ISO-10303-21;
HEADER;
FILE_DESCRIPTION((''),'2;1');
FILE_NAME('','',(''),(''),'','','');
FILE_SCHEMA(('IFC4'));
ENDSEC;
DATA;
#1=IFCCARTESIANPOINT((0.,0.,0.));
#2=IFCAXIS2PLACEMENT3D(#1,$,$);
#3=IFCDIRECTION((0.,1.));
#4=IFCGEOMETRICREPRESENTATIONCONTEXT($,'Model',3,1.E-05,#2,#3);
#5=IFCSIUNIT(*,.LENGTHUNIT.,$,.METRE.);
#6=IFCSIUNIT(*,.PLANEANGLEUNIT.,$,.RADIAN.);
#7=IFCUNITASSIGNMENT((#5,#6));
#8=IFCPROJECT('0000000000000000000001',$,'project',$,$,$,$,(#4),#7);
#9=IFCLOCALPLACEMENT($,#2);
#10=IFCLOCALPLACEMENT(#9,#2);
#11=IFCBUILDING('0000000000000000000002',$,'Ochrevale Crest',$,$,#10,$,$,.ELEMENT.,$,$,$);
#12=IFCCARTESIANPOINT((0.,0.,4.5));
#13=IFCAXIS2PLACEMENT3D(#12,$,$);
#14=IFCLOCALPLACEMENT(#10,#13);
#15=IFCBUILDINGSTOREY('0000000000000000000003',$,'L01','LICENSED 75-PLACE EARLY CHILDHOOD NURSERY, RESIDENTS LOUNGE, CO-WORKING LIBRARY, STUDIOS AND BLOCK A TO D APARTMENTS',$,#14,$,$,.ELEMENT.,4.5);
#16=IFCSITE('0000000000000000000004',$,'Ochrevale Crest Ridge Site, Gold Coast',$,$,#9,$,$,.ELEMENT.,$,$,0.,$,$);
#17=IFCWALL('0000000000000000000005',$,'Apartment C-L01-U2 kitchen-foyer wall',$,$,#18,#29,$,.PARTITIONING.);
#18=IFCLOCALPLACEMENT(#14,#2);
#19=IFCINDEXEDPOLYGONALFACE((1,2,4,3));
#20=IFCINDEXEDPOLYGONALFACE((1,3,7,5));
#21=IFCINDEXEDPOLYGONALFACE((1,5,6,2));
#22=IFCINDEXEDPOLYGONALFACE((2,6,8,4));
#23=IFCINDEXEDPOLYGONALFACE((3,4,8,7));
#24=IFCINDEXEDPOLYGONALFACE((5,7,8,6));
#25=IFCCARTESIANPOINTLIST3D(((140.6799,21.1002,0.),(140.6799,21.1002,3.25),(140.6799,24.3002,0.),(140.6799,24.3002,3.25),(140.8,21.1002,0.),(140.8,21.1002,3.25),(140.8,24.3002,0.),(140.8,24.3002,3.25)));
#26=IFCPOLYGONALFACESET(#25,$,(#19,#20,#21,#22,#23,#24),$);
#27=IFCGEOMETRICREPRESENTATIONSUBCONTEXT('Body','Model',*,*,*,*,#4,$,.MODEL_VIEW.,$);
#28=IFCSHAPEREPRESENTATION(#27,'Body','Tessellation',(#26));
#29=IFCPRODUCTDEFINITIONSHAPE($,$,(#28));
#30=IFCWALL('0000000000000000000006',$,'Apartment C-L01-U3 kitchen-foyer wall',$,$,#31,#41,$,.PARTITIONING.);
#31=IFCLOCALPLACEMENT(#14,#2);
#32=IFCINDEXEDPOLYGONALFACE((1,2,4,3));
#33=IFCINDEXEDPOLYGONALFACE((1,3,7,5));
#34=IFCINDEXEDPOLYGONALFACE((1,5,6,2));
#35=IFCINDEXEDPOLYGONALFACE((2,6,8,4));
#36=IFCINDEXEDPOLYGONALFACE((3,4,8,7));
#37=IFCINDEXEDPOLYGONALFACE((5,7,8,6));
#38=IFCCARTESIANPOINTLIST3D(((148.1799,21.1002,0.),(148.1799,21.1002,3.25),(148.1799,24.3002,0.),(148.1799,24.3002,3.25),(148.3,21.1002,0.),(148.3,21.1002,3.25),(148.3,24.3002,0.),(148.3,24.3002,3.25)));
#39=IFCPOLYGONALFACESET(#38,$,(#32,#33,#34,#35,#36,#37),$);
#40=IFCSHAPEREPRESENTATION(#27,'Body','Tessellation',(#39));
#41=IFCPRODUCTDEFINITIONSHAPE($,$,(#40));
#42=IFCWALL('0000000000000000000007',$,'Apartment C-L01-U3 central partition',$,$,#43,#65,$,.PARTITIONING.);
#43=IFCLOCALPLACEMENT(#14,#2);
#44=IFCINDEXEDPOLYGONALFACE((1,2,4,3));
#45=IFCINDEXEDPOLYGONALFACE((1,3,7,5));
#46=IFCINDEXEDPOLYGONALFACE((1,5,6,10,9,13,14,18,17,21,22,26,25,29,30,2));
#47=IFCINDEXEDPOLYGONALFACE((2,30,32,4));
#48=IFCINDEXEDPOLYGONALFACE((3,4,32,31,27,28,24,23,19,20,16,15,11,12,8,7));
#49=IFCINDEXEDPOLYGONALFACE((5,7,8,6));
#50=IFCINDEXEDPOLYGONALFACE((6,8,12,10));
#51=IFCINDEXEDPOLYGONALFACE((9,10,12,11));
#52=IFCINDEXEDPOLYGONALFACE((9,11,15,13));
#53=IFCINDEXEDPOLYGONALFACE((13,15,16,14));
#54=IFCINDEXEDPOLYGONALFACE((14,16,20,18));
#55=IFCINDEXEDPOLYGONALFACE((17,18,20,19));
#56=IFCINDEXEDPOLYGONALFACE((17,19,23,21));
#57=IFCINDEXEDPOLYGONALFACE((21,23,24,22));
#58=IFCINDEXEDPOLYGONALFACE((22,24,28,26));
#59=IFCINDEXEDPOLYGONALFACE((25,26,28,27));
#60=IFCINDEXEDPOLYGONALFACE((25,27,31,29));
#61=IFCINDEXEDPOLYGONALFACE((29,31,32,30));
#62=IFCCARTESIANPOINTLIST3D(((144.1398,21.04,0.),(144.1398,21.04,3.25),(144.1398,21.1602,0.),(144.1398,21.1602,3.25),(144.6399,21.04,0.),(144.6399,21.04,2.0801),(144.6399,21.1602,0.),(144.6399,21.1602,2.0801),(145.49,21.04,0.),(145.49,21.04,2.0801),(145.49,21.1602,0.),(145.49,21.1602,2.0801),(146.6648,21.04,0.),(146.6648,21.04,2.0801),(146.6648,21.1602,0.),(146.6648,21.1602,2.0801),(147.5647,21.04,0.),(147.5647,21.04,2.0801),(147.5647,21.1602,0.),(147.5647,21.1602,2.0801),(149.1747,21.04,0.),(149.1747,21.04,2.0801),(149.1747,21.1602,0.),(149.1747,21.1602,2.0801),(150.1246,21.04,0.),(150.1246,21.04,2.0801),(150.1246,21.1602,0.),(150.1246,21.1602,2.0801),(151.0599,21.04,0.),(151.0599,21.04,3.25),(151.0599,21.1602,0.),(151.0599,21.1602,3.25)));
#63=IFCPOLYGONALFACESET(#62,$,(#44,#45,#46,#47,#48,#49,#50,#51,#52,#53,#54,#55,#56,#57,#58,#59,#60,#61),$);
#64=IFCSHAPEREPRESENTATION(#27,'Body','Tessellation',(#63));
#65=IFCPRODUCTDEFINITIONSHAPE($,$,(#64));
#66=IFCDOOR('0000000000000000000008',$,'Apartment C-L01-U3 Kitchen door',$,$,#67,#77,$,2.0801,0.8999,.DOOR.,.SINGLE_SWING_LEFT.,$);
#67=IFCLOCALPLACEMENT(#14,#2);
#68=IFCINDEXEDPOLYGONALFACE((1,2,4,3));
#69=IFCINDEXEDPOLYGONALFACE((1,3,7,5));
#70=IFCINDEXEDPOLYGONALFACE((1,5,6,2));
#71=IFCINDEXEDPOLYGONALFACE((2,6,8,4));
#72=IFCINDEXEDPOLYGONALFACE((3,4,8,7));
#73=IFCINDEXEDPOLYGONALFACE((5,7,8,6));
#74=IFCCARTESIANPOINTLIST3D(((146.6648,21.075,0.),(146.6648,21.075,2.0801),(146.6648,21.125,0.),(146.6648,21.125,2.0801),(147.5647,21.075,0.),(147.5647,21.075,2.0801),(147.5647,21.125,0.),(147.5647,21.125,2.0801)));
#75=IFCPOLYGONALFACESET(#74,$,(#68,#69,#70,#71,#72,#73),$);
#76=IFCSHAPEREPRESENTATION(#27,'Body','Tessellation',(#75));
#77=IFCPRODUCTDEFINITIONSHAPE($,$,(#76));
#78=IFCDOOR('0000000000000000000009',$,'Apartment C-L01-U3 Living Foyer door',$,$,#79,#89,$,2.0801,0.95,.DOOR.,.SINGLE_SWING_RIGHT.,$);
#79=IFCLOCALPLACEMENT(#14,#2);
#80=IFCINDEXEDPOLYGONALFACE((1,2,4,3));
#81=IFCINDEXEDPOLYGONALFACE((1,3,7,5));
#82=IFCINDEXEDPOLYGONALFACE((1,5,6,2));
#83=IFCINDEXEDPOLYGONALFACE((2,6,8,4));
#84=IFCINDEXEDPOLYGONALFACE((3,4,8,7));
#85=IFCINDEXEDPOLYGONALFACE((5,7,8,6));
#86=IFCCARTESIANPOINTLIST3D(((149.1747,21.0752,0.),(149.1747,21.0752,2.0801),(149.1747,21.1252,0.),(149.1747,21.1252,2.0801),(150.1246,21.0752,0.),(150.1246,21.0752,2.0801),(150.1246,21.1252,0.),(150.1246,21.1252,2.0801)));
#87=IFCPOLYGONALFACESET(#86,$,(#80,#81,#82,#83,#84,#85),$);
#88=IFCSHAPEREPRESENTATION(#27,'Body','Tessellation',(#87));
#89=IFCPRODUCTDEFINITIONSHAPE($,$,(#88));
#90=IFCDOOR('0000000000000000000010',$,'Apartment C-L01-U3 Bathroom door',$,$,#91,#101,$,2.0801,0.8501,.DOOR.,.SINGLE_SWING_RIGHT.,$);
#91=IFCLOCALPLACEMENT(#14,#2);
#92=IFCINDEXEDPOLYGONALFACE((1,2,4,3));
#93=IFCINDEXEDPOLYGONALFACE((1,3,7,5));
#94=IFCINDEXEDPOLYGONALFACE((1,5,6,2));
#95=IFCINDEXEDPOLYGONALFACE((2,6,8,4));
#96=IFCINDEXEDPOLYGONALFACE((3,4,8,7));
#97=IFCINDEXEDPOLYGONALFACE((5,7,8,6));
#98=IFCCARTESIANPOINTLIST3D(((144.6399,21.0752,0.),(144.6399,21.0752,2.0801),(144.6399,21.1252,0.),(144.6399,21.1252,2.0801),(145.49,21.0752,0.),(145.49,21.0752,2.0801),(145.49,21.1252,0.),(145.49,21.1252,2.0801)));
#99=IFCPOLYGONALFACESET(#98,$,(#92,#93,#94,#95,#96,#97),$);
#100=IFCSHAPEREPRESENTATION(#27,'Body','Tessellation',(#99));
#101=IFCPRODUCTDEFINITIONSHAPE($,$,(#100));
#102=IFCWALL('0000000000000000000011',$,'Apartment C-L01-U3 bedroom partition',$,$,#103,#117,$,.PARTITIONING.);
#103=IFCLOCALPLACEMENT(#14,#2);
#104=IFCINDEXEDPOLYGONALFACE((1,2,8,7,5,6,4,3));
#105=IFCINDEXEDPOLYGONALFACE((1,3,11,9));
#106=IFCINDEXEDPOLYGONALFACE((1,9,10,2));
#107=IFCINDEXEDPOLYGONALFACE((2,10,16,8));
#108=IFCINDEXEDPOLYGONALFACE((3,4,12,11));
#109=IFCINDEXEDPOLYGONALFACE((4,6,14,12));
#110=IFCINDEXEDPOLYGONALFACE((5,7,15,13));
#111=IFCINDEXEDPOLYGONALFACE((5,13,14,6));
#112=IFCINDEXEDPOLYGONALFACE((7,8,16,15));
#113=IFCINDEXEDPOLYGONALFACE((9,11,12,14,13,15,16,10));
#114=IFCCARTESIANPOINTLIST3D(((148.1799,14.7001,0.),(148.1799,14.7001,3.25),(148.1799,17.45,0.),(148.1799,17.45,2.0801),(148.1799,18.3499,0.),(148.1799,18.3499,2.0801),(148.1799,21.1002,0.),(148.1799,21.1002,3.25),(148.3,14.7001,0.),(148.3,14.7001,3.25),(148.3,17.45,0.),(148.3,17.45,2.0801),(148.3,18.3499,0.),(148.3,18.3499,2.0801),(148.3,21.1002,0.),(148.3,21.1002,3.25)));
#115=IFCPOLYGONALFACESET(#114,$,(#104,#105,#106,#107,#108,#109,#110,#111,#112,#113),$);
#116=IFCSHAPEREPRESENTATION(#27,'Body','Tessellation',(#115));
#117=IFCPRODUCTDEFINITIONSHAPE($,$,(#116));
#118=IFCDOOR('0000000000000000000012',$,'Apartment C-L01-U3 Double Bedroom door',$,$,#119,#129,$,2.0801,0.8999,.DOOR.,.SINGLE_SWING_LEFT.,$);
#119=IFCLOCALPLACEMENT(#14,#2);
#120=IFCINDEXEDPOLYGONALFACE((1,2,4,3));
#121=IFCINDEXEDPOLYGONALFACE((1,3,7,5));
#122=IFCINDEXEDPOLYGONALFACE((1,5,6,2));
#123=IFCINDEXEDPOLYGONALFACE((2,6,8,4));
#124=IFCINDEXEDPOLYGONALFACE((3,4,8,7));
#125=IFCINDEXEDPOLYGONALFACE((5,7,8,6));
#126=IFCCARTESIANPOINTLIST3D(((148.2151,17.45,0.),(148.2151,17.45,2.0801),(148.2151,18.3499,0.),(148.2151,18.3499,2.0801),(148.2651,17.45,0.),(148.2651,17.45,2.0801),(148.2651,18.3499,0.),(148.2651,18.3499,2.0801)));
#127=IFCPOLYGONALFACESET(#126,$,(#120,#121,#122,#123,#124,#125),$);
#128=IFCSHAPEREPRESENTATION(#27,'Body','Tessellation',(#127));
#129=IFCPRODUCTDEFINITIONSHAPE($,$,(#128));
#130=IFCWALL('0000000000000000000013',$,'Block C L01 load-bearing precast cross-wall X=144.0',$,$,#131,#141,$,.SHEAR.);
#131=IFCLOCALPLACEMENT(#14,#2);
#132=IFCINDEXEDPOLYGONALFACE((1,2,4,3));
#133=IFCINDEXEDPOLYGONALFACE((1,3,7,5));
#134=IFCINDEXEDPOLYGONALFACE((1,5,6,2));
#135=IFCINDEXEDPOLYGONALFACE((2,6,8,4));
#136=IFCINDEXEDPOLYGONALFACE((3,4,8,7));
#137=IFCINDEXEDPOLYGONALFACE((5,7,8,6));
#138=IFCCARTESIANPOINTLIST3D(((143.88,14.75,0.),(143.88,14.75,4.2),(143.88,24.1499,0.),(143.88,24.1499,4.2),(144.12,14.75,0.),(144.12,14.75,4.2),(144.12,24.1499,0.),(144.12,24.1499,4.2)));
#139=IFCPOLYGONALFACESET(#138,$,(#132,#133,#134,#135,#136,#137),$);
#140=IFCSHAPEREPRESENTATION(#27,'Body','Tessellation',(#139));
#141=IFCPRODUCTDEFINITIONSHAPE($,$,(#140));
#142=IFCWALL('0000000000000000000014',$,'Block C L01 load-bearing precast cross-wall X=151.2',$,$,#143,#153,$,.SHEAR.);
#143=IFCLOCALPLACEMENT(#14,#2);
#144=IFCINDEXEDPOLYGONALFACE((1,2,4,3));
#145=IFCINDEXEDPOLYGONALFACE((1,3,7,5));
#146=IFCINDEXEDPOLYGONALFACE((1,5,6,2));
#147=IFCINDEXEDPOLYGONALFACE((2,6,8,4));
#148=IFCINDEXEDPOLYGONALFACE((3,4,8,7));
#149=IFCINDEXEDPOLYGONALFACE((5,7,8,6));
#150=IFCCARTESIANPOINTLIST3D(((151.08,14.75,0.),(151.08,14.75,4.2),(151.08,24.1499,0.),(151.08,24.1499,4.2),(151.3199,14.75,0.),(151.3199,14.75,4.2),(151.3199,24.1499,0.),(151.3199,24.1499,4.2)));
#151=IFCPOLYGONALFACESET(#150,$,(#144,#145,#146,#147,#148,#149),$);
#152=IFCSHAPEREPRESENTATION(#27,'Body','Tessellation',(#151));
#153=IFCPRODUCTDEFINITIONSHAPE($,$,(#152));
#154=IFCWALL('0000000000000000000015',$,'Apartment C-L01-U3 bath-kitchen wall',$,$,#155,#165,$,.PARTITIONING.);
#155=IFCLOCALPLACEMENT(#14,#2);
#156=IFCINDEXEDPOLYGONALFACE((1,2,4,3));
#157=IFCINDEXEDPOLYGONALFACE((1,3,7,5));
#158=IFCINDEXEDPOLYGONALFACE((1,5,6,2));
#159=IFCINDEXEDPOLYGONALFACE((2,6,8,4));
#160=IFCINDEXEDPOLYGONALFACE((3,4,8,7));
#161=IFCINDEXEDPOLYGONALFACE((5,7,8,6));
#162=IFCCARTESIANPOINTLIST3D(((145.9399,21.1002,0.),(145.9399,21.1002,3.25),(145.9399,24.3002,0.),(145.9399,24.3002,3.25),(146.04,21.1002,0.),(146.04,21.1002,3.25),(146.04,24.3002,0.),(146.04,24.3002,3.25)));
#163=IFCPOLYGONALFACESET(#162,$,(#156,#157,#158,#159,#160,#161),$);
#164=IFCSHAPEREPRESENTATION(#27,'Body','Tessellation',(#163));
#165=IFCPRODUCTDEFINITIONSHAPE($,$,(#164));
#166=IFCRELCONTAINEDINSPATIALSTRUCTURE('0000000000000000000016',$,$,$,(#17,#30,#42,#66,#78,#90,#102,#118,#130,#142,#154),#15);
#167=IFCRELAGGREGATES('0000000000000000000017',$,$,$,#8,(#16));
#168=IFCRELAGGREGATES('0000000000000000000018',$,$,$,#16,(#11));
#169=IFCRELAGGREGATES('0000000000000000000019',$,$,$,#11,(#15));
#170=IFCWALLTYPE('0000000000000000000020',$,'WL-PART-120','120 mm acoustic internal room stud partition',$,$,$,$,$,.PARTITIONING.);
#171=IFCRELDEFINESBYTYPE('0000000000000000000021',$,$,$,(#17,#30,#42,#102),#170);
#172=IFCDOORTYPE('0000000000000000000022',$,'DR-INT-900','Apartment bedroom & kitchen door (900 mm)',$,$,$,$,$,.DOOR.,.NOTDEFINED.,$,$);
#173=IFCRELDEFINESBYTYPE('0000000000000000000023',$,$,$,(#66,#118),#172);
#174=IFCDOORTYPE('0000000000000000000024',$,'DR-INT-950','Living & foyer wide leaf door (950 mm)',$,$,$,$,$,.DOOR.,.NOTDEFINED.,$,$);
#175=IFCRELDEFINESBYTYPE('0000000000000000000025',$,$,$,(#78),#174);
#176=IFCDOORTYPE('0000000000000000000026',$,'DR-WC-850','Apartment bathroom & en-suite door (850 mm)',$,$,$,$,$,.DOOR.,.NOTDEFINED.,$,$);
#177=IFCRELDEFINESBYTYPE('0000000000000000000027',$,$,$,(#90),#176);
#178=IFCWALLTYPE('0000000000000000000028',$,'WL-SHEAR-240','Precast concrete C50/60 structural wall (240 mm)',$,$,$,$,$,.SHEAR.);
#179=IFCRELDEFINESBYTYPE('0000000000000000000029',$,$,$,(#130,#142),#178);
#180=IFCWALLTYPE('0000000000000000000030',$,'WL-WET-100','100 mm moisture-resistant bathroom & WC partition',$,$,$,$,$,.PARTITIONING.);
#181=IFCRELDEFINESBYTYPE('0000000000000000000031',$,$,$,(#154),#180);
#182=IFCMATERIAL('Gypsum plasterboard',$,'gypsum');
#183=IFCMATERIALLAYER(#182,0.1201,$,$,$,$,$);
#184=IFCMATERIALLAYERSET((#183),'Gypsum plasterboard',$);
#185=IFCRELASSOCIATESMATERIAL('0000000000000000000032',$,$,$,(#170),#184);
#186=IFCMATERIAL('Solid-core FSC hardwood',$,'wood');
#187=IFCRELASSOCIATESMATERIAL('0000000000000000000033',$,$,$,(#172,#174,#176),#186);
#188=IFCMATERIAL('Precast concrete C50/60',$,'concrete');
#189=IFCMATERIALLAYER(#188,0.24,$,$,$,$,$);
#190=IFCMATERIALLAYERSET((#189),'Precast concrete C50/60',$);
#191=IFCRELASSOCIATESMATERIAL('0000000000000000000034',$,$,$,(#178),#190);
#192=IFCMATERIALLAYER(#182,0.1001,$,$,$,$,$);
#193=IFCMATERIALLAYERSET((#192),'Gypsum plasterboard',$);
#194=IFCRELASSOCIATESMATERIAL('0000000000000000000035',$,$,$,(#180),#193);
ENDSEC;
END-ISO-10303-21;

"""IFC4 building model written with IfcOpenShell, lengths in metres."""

from ifc_helpers import new_model, si_unit, direction, frame, frame_2d, origin, place, context, subcontext, project, spatial, rectangle, extrude, material, layer, layer_set, type_object, element, fill, save


model = new_model("IFC4")

# Units and contexts
model_context = context("Model", 3, precision=1e-05, world=origin(), true_north=direction((0.0, 1.0)))
body_context = subcontext(model_context, "Body", "Model", "MODEL_VIEW")
ifc_project = project(units=[si_unit("LENGTHUNIT", "METRE"), si_unit("PLANEANGLEUNIT", "RADIAN")], contexts=[model_context])

# Site, building, storey
site_placement = place(None, origin())
site = spatial("IfcSite", under=ifc_project, at=site_placement, Name="Ochrevale Crest Ridge Site, Gold Coast", CompositionType="ELEMENT", RefElevation=0.0)
building_placement = place(site_placement, origin())
building = spatial("IfcBuilding", under=site, at=building_placement, Name="Ochrevale Crest", CompositionType="ELEMENT")
storey_placement = place(building_placement, frame((0.0, 0.0, 4.5)))
storey = spatial("IfcBuildingStorey", under=building, at=storey_placement, Name="L01", Description="LICENSED 75-PLACE EARLY CHILDHOOD NURSERY, RESIDENTS LOUNGE, CO-WORKING LIBRARY, STUDIOS AND BLOCK A TO D APARTMENTS", CompositionType="ELEMENT", Elevation=4.5)

# Shared definitions
ifc_material_1 = material(Name="Precast concrete C50/60", Category="concrete")

# Shared definitions
ifc_material_2 = material(Name="Gypsum plasterboard", Category="gypsum")
ifc_material_3 = material(Name="Solid-core FSC hardwood", Category="wood")

# Walls
ifc_layer_1 = layer(ifc_material_2, 0.1201)
ifc_layer_set_1 = layer_set([ifc_layer_1], Name="Gypsum plasterboard")
wall_type_1 = type_object("IfcWallType", Name="WL-PART-120", Description="120 mm acoustic internal room stud partition", PredefinedType="PARTITIONING", material=ifc_layer_set_1)
for number, where, z_axis, x_axis, name in (
    (1, (140.74, 21.1001, 0.0), (0.0, 0.0, 1.0), (0.0, 1.0, 0.0), "Apartment C-L01-U2 kitchen-foyer wall"),
    (2, (148.24, 21.1001, 0.0), (0.0, 0.0, 1.0), (0.0, 1.0, 0.0), "Apartment C-L01-U3 kitchen-foyer wall"),
):
    element("IfcWall", number, at=place(storey_placement, frame(where, z_axis=z_axis, x_axis=x_axis)), inside=storey, type_object=wall_type_1, Name=name, PredefinedType="PARTITIONING", context=body_context, shape_type="SweptSolid", body=[
        extrude(rectangle(XDim=3.2, YDim=0.1201, at=frame_2d((1.6001, 0.0))), origin(), (0.0, 0.0, 1.0), 3.25),
    ])

# Wall, openings, doors
wall_1_placement = place(storey_placement, frame((144.1399, 21.1001, 0.0), z_axis=(0.0, 0.0, 1.0), x_axis=(1.0, 0.0, 0.0)))
wall_1 = element("IfcWall", 3, at=wall_1_placement, inside=storey, type_object=wall_type_1, Name="Apartment C-L01-U3 central partition", PredefinedType="PARTITIONING", context=body_context, shape_type="SweptSolid", body=[
    extrude(rectangle(XDim=6.9202, YDim=0.1201, at=frame_2d((3.46, 0.0))), origin(), (0.0, 0.0, 1.0), 3.25),
])
opening_1_placement = place(wall_1_placement, frame((1.3501, 0.0, 0.0), z_axis=(0.0, 0.0, 1.0), x_axis=(-1.0, 0.0, 0.0)))
opening_1 = element("IfcOpeningElement", 4, at=opening_1_placement, cuts=wall_1, PredefinedType="OPENING", context=body_context, shape_type="SweptSolid", body=[
    extrude(rectangle(XDim=0.8501, YDim=2.0801, at=frame_2d((0.425, 1.04))), frame((0.0, 0.0701, 0.0), z_axis=(0.0, -1.0, 0.0), x_axis=(1.0, 0.0, 0.0)), (0.0, 0.0, 1.0), 0.1401),
])
opening_2_placement = place(wall_1_placement, frame((2.5249, 0.0, 0.0)))
opening_2 = element("IfcOpeningElement", 5, at=opening_2_placement, cuts=wall_1, PredefinedType="OPENING", context=body_context, shape_type="SweptSolid", body=[
    extrude(rectangle(XDim=0.8999, YDim=2.0801, at=frame_2d((0.45, 1.04))), frame((0.0, 0.0701, 0.0), z_axis=(0.0, -1.0, 0.0), x_axis=(1.0, 0.0, 0.0)), (0.0, 0.0, 1.0), 0.1401),
])
opening_3_placement = place(wall_1_placement, frame((5.9849, 0.0, 0.0), z_axis=(0.0, 0.0, 1.0), x_axis=(-1.0, 0.0, 0.0)))
opening_3 = element("IfcOpeningElement", 6, at=opening_3_placement, cuts=wall_1, PredefinedType="OPENING", context=body_context, shape_type="SweptSolid", body=[
    extrude(rectangle(XDim=0.95, YDim=2.0801, at=frame_2d((0.4751, 1.04))), frame((0.0, 0.0701, 0.0), z_axis=(0.0, -1.0, 0.0), x_axis=(1.0, 0.0, 0.0)), (0.0, 0.0, 1.0), 0.1401),
])
door_type_1 = type_object("IfcDoorType", Name="DR-INT-900", Description="Apartment bedroom & kitchen door (900 mm)", OperationType="NOTDEFINED", PredefinedType="DOOR", material=ifc_material_3)
door_1_placement = place(opening_2_placement, origin())
door_1 = element("IfcDoor", 7, at=door_1_placement, inside=storey, type_object=door_type_1, Name="Apartment C-L01-U3 Kitchen door", OperationType="SINGLE_SWING_LEFT", OverallHeight=2.0801, OverallWidth=0.8999, PredefinedType="DOOR", context=body_context, shape_type="SweptSolid", body=[
    extrude(rectangle(XDim=0.8999, YDim=2.0801, at=frame_2d((0.45, 1.04))), frame((0.0, 0.0249, 0.0), z_axis=(0.0, -1.0, 0.0), x_axis=(1.0, 0.0, 0.0)), (0.0, 0.0, 1.0), 0.05),
])
fill(opening_2, door_1)
door_type_2 = type_object("IfcDoorType", Name="DR-INT-950", Description="Living & foyer wide leaf door (950 mm)", OperationType="NOTDEFINED", PredefinedType="DOOR", material=ifc_material_3)
door_2_placement = place(opening_3_placement, origin())
door_2 = element("IfcDoor", 8, at=door_2_placement, inside=storey, type_object=door_type_2, Name="Apartment C-L01-U3 Living Foyer door", OperationType="SINGLE_SWING_RIGHT", OverallHeight=2.0801, OverallWidth=0.95, PredefinedType="DOOR", context=body_context, shape_type="SweptSolid", body=[
    extrude(rectangle(XDim=0.95, YDim=2.0801, at=frame_2d((0.4751, 1.04))), frame((0.0, 0.0249, 0.0), z_axis=(0.0, -1.0, 0.0), x_axis=(1.0, 0.0, 0.0)), (0.0, 0.0, 1.0), 0.05),
])
fill(opening_3, door_2)
door_type_3 = type_object("IfcDoorType", Name="DR-WC-850", Description="Apartment bathroom & en-suite door (850 mm)", OperationType="NOTDEFINED", PredefinedType="DOOR", material=ifc_material_3)
door_3_placement = place(opening_1_placement, origin())
door_3 = element("IfcDoor", 9, at=door_3_placement, inside=storey, type_object=door_type_3, Name="Apartment C-L01-U3 Bathroom door", OperationType="SINGLE_SWING_RIGHT", OverallHeight=2.0801, OverallWidth=0.8501, PredefinedType="DOOR", context=body_context, shape_type="SweptSolid", body=[
    extrude(rectangle(XDim=0.8501, YDim=2.0801, at=frame_2d((0.425, 1.04))), frame((0.0, 0.0249, 0.0), z_axis=(0.0, -1.0, 0.0), x_axis=(1.0, 0.0, 0.0)), (0.0, 0.0, 1.0), 0.05),
])
fill(opening_1, door_3)

# Wall, opening, door
wall_2_placement = place(storey_placement, frame((148.24, 14.7, 0.0), z_axis=(0.0, 0.0, 1.0), x_axis=(0.0, 1.0, 0.0)))
wall_2 = element("IfcWall", 10, at=wall_2_placement, inside=storey, type_object=wall_type_1, Name="Apartment C-L01-U3 bedroom partition", PredefinedType="PARTITIONING", context=body_context, shape_type="SweptSolid", body=[
    extrude(rectangle(XDim=6.4001, YDim=0.1201, at=frame_2d((3.2002, 0.0))), origin(), (0.0, 0.0, 1.0), 3.25),
])
opening_4_placement = place(wall_2_placement, frame((2.75, 0.0, 0.0)))
opening_4 = element("IfcOpeningElement", 11, at=opening_4_placement, cuts=wall_2, PredefinedType="OPENING", context=body_context, shape_type="SweptSolid", body=[
    extrude(rectangle(XDim=0.8999, YDim=2.0801, at=frame_2d((0.45, 1.04))), frame((0.0, 0.0701, 0.0), z_axis=(0.0, -1.0, 0.0), x_axis=(1.0, 0.0, 0.0)), (0.0, 0.0, 1.0), 0.1401),
])
door_4_placement = place(opening_4_placement, origin())
door_4 = element("IfcDoor", 12, at=door_4_placement, inside=storey, type_object=door_type_1, Name="Apartment C-L01-U3 Double Bedroom door", OperationType="SINGLE_SWING_LEFT", OverallHeight=2.0801, OverallWidth=0.8999, PredefinedType="DOOR", context=body_context, shape_type="SweptSolid", body=[
    extrude(rectangle(XDim=0.8999, YDim=2.0801, at=frame_2d((0.45, 1.04))), frame((0.0, 0.0249, 0.0), z_axis=(0.0, -1.0, 0.0), x_axis=(1.0, 0.0, 0.0)), (0.0, 0.0, 1.0), 0.05),
])
fill(opening_4, door_4)

# Walls
ifc_layer_2 = layer(ifc_material_1, 0.24)
ifc_layer_set_2 = layer_set([ifc_layer_2], Name="Precast concrete C50/60")
wall_type_2 = type_object("IfcWallType", Name="WL-SHEAR-240", Description="Precast concrete C50/60 structural wall (240 mm)", PredefinedType="SHEAR", material=ifc_layer_set_2)
for number, where, z_axis, x_axis, name in (
    (13, (144.0, 14.75, 0.0), (0.0, 0.0, 1.0), (0.0, 1.0, 0.0), "Block C L01 load-bearing precast cross-wall X=144.0"),
    (14, (151.2, 14.75, 0.0), (0.0, 0.0, 1.0), (0.0, 1.0, 0.0), "Block C L01 load-bearing precast cross-wall X=151.2"),
):
    element("IfcWall", number, at=place(storey_placement, frame(where, z_axis=z_axis, x_axis=x_axis)), inside=storey, type_object=wall_type_2, Name=name, PredefinedType="SHEAR", context=body_context, shape_type="SweptSolid", body=[
        extrude(rectangle(XDim=9.3999, YDim=0.24, at=frame_2d((4.7, 0.0))), origin(), (0.0, 0.0, 1.0), 4.2),
    ])
ifc_layer_3 = layer(ifc_material_2, 0.1001)
ifc_layer_set_3 = layer_set([ifc_layer_3], Name="Gypsum plasterboard")
wall_type_3 = type_object("IfcWallType", Name="WL-WET-100", Description="100 mm moisture-resistant bathroom & WC partition", PredefinedType="PARTITIONING", material=ifc_layer_set_3)
wall_3_placement = place(storey_placement, frame((145.99, 21.1001, 0.0), z_axis=(0.0, 0.0, 1.0), x_axis=(0.0, 1.0, 0.0)))
element("IfcWall", 15, at=wall_3_placement, inside=storey, type_object=wall_type_3, Name="Apartment C-L01-U3 bath-kitchen wall", PredefinedType="PARTITIONING", context=body_context, shape_type="SweptSolid", body=[
    extrude(rectangle(XDim=3.2, YDim=0.1001, at=frame_2d((1.6001, 0.0))), origin(), (0.0, 0.0, 1.0), 3.25),
])

save(model, "model.ifc")
